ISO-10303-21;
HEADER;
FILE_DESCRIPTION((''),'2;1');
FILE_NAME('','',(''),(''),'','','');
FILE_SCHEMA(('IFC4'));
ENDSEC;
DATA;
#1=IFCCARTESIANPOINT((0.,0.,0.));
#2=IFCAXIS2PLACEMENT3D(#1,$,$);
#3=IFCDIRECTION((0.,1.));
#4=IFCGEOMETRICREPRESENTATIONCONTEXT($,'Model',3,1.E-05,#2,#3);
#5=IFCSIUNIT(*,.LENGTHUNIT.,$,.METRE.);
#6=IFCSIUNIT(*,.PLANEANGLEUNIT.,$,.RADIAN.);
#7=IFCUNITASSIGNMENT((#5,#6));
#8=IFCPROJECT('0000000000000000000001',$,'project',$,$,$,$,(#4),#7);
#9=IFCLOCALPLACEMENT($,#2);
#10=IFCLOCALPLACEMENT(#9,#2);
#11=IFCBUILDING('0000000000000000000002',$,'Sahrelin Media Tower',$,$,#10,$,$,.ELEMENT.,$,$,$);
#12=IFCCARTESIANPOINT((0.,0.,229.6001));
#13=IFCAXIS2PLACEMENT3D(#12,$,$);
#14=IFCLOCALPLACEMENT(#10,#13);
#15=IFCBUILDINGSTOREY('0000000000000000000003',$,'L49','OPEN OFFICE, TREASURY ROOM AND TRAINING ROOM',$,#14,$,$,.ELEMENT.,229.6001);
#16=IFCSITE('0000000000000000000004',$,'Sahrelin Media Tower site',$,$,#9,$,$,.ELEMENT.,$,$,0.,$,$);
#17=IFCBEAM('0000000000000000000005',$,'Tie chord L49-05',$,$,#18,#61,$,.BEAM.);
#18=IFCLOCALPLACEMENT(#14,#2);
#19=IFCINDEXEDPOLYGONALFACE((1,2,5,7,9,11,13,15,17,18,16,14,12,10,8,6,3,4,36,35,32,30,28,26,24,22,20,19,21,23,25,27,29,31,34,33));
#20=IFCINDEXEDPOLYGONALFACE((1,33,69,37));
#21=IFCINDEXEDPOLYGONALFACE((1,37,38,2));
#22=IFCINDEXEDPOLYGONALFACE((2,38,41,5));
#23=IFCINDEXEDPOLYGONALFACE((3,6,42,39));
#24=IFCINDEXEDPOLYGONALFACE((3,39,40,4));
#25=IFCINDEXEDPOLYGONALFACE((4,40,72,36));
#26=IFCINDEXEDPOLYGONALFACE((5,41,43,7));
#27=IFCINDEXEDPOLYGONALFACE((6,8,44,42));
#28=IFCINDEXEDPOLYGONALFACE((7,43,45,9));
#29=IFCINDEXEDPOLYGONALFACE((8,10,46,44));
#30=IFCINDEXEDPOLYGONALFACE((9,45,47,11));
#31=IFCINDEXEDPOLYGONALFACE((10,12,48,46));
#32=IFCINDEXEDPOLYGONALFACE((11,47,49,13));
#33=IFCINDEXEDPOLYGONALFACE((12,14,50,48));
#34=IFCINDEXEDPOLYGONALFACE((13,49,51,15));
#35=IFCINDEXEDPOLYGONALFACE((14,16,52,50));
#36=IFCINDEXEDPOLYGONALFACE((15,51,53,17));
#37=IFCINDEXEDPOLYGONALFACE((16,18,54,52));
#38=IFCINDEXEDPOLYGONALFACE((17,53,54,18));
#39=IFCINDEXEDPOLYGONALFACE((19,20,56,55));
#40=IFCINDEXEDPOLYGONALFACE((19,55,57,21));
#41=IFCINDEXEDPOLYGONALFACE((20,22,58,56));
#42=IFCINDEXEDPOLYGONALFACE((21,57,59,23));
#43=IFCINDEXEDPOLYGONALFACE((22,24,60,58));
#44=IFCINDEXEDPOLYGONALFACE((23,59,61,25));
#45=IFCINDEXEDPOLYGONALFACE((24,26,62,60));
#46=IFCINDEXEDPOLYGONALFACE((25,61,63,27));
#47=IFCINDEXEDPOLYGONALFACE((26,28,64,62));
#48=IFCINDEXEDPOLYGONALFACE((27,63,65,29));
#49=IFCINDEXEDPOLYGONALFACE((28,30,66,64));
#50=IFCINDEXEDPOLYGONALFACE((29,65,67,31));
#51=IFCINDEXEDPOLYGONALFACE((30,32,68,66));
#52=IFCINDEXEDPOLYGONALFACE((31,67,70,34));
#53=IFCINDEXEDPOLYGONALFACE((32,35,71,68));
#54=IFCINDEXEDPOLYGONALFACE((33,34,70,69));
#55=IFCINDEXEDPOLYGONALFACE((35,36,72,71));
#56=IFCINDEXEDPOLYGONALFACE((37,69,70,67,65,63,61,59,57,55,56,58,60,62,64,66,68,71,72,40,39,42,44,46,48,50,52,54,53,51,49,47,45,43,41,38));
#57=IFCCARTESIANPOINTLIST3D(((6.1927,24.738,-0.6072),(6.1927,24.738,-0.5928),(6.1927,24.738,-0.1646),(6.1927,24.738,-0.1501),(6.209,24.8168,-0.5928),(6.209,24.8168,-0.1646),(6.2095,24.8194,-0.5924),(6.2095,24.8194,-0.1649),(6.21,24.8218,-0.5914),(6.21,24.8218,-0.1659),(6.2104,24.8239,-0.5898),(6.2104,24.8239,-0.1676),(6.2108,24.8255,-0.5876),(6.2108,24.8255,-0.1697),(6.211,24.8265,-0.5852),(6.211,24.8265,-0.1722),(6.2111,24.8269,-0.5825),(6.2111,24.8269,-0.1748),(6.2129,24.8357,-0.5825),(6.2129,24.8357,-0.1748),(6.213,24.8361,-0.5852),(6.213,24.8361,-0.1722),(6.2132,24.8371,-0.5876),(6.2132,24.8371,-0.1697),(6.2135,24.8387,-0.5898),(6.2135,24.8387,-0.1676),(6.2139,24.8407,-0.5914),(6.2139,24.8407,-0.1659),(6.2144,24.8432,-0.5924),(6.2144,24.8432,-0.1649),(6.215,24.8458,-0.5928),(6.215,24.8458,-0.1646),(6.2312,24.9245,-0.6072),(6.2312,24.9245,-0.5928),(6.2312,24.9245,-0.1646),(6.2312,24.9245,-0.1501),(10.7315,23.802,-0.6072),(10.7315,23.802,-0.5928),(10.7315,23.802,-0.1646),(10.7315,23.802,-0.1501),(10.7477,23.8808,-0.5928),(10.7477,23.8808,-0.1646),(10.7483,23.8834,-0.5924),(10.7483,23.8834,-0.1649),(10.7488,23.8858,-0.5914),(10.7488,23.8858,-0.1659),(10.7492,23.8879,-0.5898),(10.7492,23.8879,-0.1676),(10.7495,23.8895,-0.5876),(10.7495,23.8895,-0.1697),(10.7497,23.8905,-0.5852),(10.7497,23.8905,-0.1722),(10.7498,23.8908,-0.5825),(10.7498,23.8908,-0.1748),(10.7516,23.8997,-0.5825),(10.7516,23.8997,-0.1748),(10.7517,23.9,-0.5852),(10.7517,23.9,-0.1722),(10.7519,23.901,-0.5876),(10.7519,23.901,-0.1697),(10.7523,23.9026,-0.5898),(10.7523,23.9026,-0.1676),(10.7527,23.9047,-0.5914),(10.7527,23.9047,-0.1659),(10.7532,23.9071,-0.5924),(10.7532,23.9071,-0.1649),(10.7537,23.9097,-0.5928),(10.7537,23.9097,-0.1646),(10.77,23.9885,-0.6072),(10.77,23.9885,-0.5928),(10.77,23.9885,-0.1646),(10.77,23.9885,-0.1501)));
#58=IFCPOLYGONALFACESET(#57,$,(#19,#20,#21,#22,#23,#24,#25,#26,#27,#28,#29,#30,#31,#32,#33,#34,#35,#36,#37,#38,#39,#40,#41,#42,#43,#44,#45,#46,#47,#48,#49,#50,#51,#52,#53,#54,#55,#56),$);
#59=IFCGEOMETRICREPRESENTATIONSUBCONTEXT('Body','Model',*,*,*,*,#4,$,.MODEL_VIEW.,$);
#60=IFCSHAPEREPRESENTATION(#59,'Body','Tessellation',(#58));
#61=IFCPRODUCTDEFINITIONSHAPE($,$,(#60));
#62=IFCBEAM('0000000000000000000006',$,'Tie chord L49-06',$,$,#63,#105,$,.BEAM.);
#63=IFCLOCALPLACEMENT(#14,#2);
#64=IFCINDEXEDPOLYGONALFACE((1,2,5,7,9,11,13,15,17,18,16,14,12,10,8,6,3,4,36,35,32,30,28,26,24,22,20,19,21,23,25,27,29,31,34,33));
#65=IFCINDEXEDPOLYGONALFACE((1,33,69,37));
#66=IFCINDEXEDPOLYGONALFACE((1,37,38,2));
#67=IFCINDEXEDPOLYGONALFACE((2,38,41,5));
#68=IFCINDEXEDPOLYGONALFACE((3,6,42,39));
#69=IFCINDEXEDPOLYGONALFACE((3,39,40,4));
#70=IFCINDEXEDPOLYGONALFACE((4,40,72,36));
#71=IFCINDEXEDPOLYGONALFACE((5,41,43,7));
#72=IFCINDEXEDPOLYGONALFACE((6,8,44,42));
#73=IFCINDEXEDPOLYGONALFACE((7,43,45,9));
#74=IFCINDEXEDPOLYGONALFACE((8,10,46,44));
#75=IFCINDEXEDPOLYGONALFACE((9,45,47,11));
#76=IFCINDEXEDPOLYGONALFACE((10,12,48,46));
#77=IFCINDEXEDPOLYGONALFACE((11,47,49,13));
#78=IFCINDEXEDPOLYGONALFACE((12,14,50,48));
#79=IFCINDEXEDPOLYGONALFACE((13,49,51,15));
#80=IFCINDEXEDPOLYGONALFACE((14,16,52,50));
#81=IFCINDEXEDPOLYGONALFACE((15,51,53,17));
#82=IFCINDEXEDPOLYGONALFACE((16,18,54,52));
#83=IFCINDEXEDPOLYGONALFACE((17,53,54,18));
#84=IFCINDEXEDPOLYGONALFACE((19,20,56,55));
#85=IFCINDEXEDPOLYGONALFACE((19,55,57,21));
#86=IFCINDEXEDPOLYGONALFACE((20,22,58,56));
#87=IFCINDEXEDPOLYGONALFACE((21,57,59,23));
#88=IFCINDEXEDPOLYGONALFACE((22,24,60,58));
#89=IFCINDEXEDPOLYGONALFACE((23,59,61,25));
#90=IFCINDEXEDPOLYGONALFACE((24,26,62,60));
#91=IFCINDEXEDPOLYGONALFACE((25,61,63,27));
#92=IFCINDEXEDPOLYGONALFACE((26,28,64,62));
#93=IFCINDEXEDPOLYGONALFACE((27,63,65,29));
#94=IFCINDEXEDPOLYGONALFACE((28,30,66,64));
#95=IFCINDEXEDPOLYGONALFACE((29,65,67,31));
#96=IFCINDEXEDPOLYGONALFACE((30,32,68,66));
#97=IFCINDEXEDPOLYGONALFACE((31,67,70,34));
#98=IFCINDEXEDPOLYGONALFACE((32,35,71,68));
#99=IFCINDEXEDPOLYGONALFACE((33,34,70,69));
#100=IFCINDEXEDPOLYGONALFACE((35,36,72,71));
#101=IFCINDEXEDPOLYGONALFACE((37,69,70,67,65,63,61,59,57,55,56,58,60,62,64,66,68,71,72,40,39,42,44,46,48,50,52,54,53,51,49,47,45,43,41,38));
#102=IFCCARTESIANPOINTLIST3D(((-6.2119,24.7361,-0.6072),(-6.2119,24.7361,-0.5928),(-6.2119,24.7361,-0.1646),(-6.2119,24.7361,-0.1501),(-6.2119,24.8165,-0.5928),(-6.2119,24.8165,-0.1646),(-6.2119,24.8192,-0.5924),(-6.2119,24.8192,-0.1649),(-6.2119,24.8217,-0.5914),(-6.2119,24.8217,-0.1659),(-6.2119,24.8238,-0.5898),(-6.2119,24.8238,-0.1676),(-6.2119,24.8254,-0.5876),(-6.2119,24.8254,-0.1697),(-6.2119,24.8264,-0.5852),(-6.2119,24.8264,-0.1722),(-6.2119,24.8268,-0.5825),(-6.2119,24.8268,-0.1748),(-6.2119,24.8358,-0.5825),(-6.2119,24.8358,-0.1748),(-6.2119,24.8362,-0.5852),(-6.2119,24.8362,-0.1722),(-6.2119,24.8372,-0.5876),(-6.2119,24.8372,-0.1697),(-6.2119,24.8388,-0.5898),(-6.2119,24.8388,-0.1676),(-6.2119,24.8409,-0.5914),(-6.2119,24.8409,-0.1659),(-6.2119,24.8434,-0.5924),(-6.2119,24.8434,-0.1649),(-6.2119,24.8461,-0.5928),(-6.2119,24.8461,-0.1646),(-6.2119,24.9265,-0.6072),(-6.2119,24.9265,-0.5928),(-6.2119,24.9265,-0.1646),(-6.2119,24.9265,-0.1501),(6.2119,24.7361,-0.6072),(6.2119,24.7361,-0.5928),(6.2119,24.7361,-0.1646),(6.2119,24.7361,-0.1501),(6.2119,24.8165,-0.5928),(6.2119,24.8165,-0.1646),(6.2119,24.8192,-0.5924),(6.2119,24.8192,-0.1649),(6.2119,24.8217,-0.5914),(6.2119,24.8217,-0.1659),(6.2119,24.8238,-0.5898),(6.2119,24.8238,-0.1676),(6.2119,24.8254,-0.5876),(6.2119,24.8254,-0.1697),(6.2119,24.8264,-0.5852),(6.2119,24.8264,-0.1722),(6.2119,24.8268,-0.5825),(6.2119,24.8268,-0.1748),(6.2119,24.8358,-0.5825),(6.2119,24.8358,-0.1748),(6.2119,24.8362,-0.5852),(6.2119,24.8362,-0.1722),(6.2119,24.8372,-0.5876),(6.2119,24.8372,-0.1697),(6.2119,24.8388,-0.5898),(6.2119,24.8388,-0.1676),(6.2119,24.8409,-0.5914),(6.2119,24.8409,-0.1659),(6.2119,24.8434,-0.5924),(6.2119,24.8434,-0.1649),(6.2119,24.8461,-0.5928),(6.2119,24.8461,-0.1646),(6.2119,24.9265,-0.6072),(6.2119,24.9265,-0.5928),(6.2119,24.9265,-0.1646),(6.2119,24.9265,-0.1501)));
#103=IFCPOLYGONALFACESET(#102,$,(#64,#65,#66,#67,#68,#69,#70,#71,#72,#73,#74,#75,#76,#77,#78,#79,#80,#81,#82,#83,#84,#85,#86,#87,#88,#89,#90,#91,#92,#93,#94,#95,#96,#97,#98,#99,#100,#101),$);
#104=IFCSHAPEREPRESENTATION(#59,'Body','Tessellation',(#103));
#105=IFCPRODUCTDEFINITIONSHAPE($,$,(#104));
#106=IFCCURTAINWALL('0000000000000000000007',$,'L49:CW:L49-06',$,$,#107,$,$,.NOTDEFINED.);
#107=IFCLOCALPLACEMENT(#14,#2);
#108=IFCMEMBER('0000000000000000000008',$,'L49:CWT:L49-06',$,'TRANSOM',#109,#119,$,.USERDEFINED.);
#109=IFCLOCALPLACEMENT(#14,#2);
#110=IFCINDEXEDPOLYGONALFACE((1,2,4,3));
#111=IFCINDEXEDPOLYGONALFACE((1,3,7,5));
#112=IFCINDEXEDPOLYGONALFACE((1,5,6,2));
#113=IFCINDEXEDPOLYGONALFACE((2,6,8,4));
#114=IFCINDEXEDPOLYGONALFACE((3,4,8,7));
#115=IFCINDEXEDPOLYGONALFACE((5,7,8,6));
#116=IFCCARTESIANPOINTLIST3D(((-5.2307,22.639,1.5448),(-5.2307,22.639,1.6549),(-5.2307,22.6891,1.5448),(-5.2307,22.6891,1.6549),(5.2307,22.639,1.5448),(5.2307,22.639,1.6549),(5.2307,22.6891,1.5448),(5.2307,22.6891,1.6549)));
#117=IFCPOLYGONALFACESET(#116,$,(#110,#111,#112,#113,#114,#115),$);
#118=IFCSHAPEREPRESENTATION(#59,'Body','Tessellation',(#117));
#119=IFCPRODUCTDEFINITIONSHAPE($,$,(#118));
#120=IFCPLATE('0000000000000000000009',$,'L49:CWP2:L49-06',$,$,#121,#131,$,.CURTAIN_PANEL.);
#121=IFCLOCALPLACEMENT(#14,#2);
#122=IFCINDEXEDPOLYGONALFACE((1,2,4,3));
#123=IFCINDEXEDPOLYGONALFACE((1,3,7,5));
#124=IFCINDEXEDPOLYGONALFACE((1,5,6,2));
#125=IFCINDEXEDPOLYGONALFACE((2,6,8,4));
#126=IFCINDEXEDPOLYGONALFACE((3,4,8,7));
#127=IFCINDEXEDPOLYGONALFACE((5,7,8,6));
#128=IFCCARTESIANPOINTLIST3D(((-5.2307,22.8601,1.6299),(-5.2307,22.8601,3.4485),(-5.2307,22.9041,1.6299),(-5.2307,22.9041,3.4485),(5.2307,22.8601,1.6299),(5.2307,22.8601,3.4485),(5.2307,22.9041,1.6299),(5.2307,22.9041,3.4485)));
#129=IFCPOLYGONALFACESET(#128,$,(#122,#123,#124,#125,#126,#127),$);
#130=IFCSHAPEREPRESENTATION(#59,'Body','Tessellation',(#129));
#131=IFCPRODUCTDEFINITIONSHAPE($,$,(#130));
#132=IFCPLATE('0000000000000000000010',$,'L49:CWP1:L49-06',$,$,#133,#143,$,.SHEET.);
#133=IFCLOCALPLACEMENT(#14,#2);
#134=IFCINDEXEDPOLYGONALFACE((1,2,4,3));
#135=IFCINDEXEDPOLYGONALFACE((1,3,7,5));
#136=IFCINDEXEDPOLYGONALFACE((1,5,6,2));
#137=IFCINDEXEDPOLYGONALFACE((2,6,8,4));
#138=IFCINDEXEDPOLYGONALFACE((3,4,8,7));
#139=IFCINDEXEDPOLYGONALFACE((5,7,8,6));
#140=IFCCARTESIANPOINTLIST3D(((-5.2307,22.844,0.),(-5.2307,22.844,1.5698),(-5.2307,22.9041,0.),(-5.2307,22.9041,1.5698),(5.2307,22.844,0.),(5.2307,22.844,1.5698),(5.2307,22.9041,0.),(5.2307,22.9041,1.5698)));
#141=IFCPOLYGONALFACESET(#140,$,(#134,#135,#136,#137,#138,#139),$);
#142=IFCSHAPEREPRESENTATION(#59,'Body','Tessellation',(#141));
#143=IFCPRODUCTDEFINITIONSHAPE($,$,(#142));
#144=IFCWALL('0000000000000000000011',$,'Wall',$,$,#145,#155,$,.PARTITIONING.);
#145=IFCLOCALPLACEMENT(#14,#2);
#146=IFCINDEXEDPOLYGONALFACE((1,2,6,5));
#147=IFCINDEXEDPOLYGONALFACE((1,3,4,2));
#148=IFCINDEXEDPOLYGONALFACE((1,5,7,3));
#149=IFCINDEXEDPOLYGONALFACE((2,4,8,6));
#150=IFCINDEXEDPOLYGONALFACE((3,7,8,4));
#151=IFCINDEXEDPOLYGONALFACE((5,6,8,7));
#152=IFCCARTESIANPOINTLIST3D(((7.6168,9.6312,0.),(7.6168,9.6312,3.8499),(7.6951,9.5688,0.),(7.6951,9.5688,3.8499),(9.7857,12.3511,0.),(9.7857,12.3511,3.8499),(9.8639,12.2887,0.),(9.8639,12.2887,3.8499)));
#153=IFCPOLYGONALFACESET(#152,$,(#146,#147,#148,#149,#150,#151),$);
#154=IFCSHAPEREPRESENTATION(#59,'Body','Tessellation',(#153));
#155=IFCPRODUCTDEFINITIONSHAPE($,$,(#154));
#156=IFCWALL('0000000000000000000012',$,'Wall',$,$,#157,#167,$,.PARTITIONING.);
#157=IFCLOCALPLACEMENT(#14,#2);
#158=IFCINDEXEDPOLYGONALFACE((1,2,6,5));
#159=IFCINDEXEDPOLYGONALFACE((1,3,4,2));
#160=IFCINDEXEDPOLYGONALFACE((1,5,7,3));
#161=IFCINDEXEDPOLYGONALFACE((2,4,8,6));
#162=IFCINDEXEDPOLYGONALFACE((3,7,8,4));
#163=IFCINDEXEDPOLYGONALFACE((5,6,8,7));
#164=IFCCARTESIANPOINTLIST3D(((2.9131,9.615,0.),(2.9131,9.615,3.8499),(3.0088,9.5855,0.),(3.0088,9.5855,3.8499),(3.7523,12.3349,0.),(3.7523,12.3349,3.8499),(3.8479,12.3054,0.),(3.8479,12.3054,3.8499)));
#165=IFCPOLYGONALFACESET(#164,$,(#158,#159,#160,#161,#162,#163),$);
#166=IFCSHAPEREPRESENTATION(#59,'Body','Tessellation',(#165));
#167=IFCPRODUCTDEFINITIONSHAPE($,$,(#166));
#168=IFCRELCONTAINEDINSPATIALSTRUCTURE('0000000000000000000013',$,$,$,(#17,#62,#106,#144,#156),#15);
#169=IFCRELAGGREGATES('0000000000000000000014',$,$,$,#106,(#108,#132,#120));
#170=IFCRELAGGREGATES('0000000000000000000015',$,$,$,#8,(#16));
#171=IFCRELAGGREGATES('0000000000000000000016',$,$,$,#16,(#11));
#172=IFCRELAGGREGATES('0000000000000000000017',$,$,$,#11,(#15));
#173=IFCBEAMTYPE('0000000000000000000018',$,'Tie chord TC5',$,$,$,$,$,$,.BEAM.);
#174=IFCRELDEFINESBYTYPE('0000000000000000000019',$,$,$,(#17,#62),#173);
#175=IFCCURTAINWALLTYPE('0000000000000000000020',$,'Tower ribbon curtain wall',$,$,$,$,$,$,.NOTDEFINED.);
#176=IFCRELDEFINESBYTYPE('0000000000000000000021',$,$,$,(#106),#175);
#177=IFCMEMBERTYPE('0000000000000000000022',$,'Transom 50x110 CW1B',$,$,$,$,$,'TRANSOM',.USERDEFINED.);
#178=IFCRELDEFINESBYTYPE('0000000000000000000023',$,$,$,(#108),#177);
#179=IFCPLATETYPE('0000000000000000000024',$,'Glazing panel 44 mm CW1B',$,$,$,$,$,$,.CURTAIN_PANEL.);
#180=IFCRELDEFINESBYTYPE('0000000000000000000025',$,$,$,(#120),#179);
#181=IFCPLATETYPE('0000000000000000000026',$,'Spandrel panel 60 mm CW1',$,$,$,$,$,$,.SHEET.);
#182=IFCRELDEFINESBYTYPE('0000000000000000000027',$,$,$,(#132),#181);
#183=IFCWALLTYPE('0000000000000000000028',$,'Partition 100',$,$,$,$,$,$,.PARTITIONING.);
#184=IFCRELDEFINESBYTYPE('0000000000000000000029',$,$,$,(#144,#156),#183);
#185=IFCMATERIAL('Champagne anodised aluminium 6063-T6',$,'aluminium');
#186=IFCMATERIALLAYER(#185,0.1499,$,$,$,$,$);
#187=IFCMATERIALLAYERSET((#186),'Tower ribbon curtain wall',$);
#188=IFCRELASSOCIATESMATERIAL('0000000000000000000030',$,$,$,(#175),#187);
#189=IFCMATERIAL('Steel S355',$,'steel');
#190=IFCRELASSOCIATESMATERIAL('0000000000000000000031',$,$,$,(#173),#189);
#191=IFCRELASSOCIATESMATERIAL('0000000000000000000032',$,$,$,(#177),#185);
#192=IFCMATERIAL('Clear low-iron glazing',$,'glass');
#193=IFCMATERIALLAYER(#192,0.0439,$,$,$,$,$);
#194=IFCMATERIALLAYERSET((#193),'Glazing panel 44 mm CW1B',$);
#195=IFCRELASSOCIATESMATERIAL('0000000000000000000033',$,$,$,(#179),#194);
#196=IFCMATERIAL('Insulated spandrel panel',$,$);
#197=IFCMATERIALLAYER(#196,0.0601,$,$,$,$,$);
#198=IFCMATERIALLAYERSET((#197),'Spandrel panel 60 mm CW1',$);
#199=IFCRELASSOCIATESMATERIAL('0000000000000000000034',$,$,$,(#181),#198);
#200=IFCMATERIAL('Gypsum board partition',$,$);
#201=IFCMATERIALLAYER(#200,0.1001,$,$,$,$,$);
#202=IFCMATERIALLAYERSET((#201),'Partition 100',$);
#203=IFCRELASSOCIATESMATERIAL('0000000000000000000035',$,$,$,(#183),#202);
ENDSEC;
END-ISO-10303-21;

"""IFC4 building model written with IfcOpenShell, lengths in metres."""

from ifc_helpers import new_model, si_unit, direction, frame, frame_2d, origin, origin_2d, place, context, subcontext, project, spatial, polyline, rectangle, i_section, outline, extrude, material, layer, layer_set, material_profile, profile_set, type_object, element, aggregate, save


model = new_model("IFC4")

# Units and contexts
model_context = context("Model", 3, precision=1e-05, world=origin(), true_north=direction((0.0, 1.0)))
body_context = subcontext(model_context, "Body", "Model", "MODEL_VIEW")
ifc_project = project(units=[si_unit("LENGTHUNIT", "METRE"), si_unit("PLANEANGLEUNIT", "RADIAN")], contexts=[model_context])

# Site, building, storey
site_placement = place(None, origin())
site = spatial("IfcSite", under=ifc_project, at=site_placement, Name="Sahrelin Media Tower site", CompositionType="ELEMENT", RefElevation=0.0)
building_placement = place(site_placement, origin())
building = spatial("IfcBuilding", under=site, at=building_placement, Name="Sahrelin Media Tower", CompositionType="ELEMENT")
storey_placement = place(building_placement, frame((0.0, 0.0, 229.6001)))
storey = spatial("IfcBuildingStorey", under=building, at=storey_placement, Name="L49", Description="OPEN OFFICE, TREASURY ROOM AND TRAINING ROOM", CompositionType="ELEMENT", Elevation=229.6001)

# Shared definitions
ifc_material_1 = material(Name="Steel S355", Category="steel")

# Shared definitions
ifc_material_2 = material(Name="Champagne anodised aluminium 6063-T6", Category="aluminium")
ifc_layer_1 = layer(ifc_material_2, 0.1499)
ifc_layer_set_1 = layer_set([ifc_layer_1], Name="Tower ribbon curtain wall")
curtain_wall_type = type_object("IfcCurtainWallType", Name="Tower ribbon curtain wall", PredefinedType="NOTDEFINED", material=ifc_layer_set_1)

# Beams
ifc_material_profile_1 = material_profile(ifc_material_1, i_section(OverallWidth=0.1904, OverallDepth=0.457, WebThickness=0.009, FlangeThickness=0.0144, FilletRadius=0.0103, at=origin_2d()), Name="UB 457x191x74")
ifc_profile_set_1 = profile_set([ifc_material_profile_1], Name="Steel S355")
beam_type_1 = type_object("IfcBeamType", Name="Tie chord TC5", PredefinedType="BEAM", material=ifc_profile_set_1)
beam_1_placement = place(storey_placement, frame((10.7507, 23.8953, -0.3787), z_axis=(-0.97939, 0.201978, 0.0), x_axis=(-0.201978, -0.97939, 0.0)))
element("IfcBeam", 1, at=beam_1_placement, inside=storey, type_object=beam_type_1, Name="Tie chord L49-05", PredefinedType="BEAM", context=body_context, shape_type="SweptSolid", body=[
    extrude(i_section(OverallWidth=0.1904, OverallDepth=0.457, WebThickness=0.009, FlangeThickness=0.0144, FilletRadius=0.0103, at=origin_2d()), origin(), (0.0, 0.0, 1.0), 4.6343),
])
beam_2_placement = place(storey_placement, frame((6.2119, 24.8313, -0.3787), z_axis=(-1.0, 0.0, 0.0), x_axis=(0.0, -1.0, 0.0)))
element("IfcBeam", 2, at=beam_2_placement, inside=storey, type_object=beam_type_1, Name="Tie chord L49-06", PredefinedType="BEAM", context=body_context, shape_type="SweptSolid", body=[
    extrude(i_section(OverallWidth=0.1904, OverallDepth=0.457, WebThickness=0.009, FlangeThickness=0.0144, FilletRadius=0.0103, at=origin_2d()), origin(), (0.0, 0.0, 1.0), 12.4238),
])

# Curtain wall, member, plates
curtain_wall_1_placement = place(storey_placement, frame((0.0, 22.884, 0.0), z_axis=(0.0, 0.0, 1.0), x_axis=(1.0, 0.0, 0.0)))
curtain_wall_1 = element("IfcCurtainWall", 3, at=curtain_wall_1_placement, inside=storey, type_object=curtain_wall_type, Name="L49:CW:L49-06", PredefinedType="NOTDEFINED")
ifc_material_profile_2 = material_profile(ifc_material_2, rectangle(XDim=0.05, YDim=0.1101, at=origin_2d()), Name="Transom 50x110")
ifc_profile_set_2 = profile_set([ifc_material_profile_2], Name="Champagne anodised aluminium 6063-T6")
member_type_1 = type_object("IfcMemberType", Name="Transom 50x110 CW1B", ElementType="TRANSOM", PredefinedType="USERDEFINED", material=ifc_profile_set_2)
member_1_placement = place(storey_placement, frame((5.2307, 22.6641, 1.5999), z_axis=(-1.0, 0.0, 0.0), x_axis=(0.0, -1.0, 0.0)))
member_1 = element("IfcMember", 4, at=member_1_placement, type_object=member_type_1, Name="L49:CWT:L49-06", ObjectType="TRANSOM", PredefinedType="USERDEFINED", context=body_context, shape_type="SweptSolid", body=[
    extrude(rectangle(XDim=0.05, YDim=0.1101, at=origin_2d()), origin(), (0.0, 0.0, 1.0), 10.4614),
])
ifc_material_3 = material(Name="Clear low-iron glazing", Category="glass")
ifc_layer_2 = layer(ifc_material_3, 0.0439)
ifc_layer_set_2 = layer_set([ifc_layer_2], Name="Glazing panel 44 mm CW1B")
plate_type_1 = type_object("IfcPlateType", Name="Glazing panel 44 mm CW1B", PredefinedType="CURTAIN_PANEL", material=ifc_layer_set_2)
plate_1_placement = place(storey_placement, frame((5.2307, 22.9041, 1.6299), z_axis=(0.0, 1.0, 0.0), x_axis=(-1.0, 0.0, 0.0)))
plate_1 = element("IfcPlate", 5, at=plate_1_placement, type_object=plate_type_1, Name="L49:CWP2:L49-06", PredefinedType="CURTAIN_PANEL", context=body_context, shape_type="SweptSolid", body=[
    extrude(outline(polyline([(0.0, 0.0), (10.4614, 0.0), (10.4614, 1.8186), (0.0, 1.8186), (0.0, 0.0)])), origin(), (0.0, 0.0, -1.0), 0.0439),
])
ifc_material_4 = material(Name="Insulated spandrel panel")
ifc_layer_3 = layer(ifc_material_4, 0.0601)
ifc_layer_set_3 = layer_set([ifc_layer_3], Name="Spandrel panel 60 mm CW1")
plate_type_2 = type_object("IfcPlateType", Name="Spandrel panel 60 mm CW1", PredefinedType="SHEET", material=ifc_layer_set_3)
plate_2_placement = place(storey_placement, frame((5.2307, 22.9041, 0.0), z_axis=(0.0, 1.0, 0.0), x_axis=(-1.0, 0.0, 0.0)))
plate_2 = element("IfcPlate", 6, at=plate_2_placement, type_object=plate_type_2, Name="L49:CWP1:L49-06", PredefinedType="SHEET", context=body_context, shape_type="SweptSolid", body=[
    extrude(outline(polyline([(0.0, 0.0), (10.4614, 0.0), (10.4614, 1.5698), (0.0, 1.5698), (0.0, 0.0)])), origin(), (0.0, 0.0, -1.0), 0.0601),
])
aggregate(curtain_wall_1, [member_1, plate_2, plate_1])

# Walls
ifc_material_5 = material(Name="Gypsum board partition")
ifc_layer_4 = layer(ifc_material_5, 0.1001)
ifc_layer_set_4 = layer_set([ifc_layer_4], Name="Partition 100")
wall_type = type_object("IfcWallType", Name="Partition 100", PredefinedType="PARTITIONING", material=ifc_layer_set_4)
wall_1_placement = place(storey_placement, frame((7.656, 9.6001, 0.0), z_axis=(0.0, 0.0, 1.0), x_axis=(0.623462, 0.781854, 0.0)))
element("IfcWall", 7, at=wall_1_placement, inside=storey, type_object=wall_type, Name="Wall", PredefinedType="PARTITIONING", context=body_context, shape_type="SweptSolid", body=[
    extrude(rectangle(XDim=3.4788, YDim=0.1001, at=frame_2d((1.7393, 0.0))), origin(), (0.0, 0.0, 1.0), 3.8499),
])
wall_2_placement = place(storey_placement, frame((2.9609, 9.6001, 0.0), z_axis=(0.0, 0.0, 1.0), x_axis=(0.294791, 0.955562, 0.0)))
element("IfcWall", 8, at=wall_2_placement, inside=storey, type_object=wall_type, Name="Wall", PredefinedType="PARTITIONING", context=body_context, shape_type="SweptSolid", body=[
    extrude(rectangle(XDim=2.8464, YDim=0.1001, at=frame_2d((1.4233, 0.0))), origin(), (0.0, 0.0, 1.0), 3.8499),
])

save(model, "model.ifc")
